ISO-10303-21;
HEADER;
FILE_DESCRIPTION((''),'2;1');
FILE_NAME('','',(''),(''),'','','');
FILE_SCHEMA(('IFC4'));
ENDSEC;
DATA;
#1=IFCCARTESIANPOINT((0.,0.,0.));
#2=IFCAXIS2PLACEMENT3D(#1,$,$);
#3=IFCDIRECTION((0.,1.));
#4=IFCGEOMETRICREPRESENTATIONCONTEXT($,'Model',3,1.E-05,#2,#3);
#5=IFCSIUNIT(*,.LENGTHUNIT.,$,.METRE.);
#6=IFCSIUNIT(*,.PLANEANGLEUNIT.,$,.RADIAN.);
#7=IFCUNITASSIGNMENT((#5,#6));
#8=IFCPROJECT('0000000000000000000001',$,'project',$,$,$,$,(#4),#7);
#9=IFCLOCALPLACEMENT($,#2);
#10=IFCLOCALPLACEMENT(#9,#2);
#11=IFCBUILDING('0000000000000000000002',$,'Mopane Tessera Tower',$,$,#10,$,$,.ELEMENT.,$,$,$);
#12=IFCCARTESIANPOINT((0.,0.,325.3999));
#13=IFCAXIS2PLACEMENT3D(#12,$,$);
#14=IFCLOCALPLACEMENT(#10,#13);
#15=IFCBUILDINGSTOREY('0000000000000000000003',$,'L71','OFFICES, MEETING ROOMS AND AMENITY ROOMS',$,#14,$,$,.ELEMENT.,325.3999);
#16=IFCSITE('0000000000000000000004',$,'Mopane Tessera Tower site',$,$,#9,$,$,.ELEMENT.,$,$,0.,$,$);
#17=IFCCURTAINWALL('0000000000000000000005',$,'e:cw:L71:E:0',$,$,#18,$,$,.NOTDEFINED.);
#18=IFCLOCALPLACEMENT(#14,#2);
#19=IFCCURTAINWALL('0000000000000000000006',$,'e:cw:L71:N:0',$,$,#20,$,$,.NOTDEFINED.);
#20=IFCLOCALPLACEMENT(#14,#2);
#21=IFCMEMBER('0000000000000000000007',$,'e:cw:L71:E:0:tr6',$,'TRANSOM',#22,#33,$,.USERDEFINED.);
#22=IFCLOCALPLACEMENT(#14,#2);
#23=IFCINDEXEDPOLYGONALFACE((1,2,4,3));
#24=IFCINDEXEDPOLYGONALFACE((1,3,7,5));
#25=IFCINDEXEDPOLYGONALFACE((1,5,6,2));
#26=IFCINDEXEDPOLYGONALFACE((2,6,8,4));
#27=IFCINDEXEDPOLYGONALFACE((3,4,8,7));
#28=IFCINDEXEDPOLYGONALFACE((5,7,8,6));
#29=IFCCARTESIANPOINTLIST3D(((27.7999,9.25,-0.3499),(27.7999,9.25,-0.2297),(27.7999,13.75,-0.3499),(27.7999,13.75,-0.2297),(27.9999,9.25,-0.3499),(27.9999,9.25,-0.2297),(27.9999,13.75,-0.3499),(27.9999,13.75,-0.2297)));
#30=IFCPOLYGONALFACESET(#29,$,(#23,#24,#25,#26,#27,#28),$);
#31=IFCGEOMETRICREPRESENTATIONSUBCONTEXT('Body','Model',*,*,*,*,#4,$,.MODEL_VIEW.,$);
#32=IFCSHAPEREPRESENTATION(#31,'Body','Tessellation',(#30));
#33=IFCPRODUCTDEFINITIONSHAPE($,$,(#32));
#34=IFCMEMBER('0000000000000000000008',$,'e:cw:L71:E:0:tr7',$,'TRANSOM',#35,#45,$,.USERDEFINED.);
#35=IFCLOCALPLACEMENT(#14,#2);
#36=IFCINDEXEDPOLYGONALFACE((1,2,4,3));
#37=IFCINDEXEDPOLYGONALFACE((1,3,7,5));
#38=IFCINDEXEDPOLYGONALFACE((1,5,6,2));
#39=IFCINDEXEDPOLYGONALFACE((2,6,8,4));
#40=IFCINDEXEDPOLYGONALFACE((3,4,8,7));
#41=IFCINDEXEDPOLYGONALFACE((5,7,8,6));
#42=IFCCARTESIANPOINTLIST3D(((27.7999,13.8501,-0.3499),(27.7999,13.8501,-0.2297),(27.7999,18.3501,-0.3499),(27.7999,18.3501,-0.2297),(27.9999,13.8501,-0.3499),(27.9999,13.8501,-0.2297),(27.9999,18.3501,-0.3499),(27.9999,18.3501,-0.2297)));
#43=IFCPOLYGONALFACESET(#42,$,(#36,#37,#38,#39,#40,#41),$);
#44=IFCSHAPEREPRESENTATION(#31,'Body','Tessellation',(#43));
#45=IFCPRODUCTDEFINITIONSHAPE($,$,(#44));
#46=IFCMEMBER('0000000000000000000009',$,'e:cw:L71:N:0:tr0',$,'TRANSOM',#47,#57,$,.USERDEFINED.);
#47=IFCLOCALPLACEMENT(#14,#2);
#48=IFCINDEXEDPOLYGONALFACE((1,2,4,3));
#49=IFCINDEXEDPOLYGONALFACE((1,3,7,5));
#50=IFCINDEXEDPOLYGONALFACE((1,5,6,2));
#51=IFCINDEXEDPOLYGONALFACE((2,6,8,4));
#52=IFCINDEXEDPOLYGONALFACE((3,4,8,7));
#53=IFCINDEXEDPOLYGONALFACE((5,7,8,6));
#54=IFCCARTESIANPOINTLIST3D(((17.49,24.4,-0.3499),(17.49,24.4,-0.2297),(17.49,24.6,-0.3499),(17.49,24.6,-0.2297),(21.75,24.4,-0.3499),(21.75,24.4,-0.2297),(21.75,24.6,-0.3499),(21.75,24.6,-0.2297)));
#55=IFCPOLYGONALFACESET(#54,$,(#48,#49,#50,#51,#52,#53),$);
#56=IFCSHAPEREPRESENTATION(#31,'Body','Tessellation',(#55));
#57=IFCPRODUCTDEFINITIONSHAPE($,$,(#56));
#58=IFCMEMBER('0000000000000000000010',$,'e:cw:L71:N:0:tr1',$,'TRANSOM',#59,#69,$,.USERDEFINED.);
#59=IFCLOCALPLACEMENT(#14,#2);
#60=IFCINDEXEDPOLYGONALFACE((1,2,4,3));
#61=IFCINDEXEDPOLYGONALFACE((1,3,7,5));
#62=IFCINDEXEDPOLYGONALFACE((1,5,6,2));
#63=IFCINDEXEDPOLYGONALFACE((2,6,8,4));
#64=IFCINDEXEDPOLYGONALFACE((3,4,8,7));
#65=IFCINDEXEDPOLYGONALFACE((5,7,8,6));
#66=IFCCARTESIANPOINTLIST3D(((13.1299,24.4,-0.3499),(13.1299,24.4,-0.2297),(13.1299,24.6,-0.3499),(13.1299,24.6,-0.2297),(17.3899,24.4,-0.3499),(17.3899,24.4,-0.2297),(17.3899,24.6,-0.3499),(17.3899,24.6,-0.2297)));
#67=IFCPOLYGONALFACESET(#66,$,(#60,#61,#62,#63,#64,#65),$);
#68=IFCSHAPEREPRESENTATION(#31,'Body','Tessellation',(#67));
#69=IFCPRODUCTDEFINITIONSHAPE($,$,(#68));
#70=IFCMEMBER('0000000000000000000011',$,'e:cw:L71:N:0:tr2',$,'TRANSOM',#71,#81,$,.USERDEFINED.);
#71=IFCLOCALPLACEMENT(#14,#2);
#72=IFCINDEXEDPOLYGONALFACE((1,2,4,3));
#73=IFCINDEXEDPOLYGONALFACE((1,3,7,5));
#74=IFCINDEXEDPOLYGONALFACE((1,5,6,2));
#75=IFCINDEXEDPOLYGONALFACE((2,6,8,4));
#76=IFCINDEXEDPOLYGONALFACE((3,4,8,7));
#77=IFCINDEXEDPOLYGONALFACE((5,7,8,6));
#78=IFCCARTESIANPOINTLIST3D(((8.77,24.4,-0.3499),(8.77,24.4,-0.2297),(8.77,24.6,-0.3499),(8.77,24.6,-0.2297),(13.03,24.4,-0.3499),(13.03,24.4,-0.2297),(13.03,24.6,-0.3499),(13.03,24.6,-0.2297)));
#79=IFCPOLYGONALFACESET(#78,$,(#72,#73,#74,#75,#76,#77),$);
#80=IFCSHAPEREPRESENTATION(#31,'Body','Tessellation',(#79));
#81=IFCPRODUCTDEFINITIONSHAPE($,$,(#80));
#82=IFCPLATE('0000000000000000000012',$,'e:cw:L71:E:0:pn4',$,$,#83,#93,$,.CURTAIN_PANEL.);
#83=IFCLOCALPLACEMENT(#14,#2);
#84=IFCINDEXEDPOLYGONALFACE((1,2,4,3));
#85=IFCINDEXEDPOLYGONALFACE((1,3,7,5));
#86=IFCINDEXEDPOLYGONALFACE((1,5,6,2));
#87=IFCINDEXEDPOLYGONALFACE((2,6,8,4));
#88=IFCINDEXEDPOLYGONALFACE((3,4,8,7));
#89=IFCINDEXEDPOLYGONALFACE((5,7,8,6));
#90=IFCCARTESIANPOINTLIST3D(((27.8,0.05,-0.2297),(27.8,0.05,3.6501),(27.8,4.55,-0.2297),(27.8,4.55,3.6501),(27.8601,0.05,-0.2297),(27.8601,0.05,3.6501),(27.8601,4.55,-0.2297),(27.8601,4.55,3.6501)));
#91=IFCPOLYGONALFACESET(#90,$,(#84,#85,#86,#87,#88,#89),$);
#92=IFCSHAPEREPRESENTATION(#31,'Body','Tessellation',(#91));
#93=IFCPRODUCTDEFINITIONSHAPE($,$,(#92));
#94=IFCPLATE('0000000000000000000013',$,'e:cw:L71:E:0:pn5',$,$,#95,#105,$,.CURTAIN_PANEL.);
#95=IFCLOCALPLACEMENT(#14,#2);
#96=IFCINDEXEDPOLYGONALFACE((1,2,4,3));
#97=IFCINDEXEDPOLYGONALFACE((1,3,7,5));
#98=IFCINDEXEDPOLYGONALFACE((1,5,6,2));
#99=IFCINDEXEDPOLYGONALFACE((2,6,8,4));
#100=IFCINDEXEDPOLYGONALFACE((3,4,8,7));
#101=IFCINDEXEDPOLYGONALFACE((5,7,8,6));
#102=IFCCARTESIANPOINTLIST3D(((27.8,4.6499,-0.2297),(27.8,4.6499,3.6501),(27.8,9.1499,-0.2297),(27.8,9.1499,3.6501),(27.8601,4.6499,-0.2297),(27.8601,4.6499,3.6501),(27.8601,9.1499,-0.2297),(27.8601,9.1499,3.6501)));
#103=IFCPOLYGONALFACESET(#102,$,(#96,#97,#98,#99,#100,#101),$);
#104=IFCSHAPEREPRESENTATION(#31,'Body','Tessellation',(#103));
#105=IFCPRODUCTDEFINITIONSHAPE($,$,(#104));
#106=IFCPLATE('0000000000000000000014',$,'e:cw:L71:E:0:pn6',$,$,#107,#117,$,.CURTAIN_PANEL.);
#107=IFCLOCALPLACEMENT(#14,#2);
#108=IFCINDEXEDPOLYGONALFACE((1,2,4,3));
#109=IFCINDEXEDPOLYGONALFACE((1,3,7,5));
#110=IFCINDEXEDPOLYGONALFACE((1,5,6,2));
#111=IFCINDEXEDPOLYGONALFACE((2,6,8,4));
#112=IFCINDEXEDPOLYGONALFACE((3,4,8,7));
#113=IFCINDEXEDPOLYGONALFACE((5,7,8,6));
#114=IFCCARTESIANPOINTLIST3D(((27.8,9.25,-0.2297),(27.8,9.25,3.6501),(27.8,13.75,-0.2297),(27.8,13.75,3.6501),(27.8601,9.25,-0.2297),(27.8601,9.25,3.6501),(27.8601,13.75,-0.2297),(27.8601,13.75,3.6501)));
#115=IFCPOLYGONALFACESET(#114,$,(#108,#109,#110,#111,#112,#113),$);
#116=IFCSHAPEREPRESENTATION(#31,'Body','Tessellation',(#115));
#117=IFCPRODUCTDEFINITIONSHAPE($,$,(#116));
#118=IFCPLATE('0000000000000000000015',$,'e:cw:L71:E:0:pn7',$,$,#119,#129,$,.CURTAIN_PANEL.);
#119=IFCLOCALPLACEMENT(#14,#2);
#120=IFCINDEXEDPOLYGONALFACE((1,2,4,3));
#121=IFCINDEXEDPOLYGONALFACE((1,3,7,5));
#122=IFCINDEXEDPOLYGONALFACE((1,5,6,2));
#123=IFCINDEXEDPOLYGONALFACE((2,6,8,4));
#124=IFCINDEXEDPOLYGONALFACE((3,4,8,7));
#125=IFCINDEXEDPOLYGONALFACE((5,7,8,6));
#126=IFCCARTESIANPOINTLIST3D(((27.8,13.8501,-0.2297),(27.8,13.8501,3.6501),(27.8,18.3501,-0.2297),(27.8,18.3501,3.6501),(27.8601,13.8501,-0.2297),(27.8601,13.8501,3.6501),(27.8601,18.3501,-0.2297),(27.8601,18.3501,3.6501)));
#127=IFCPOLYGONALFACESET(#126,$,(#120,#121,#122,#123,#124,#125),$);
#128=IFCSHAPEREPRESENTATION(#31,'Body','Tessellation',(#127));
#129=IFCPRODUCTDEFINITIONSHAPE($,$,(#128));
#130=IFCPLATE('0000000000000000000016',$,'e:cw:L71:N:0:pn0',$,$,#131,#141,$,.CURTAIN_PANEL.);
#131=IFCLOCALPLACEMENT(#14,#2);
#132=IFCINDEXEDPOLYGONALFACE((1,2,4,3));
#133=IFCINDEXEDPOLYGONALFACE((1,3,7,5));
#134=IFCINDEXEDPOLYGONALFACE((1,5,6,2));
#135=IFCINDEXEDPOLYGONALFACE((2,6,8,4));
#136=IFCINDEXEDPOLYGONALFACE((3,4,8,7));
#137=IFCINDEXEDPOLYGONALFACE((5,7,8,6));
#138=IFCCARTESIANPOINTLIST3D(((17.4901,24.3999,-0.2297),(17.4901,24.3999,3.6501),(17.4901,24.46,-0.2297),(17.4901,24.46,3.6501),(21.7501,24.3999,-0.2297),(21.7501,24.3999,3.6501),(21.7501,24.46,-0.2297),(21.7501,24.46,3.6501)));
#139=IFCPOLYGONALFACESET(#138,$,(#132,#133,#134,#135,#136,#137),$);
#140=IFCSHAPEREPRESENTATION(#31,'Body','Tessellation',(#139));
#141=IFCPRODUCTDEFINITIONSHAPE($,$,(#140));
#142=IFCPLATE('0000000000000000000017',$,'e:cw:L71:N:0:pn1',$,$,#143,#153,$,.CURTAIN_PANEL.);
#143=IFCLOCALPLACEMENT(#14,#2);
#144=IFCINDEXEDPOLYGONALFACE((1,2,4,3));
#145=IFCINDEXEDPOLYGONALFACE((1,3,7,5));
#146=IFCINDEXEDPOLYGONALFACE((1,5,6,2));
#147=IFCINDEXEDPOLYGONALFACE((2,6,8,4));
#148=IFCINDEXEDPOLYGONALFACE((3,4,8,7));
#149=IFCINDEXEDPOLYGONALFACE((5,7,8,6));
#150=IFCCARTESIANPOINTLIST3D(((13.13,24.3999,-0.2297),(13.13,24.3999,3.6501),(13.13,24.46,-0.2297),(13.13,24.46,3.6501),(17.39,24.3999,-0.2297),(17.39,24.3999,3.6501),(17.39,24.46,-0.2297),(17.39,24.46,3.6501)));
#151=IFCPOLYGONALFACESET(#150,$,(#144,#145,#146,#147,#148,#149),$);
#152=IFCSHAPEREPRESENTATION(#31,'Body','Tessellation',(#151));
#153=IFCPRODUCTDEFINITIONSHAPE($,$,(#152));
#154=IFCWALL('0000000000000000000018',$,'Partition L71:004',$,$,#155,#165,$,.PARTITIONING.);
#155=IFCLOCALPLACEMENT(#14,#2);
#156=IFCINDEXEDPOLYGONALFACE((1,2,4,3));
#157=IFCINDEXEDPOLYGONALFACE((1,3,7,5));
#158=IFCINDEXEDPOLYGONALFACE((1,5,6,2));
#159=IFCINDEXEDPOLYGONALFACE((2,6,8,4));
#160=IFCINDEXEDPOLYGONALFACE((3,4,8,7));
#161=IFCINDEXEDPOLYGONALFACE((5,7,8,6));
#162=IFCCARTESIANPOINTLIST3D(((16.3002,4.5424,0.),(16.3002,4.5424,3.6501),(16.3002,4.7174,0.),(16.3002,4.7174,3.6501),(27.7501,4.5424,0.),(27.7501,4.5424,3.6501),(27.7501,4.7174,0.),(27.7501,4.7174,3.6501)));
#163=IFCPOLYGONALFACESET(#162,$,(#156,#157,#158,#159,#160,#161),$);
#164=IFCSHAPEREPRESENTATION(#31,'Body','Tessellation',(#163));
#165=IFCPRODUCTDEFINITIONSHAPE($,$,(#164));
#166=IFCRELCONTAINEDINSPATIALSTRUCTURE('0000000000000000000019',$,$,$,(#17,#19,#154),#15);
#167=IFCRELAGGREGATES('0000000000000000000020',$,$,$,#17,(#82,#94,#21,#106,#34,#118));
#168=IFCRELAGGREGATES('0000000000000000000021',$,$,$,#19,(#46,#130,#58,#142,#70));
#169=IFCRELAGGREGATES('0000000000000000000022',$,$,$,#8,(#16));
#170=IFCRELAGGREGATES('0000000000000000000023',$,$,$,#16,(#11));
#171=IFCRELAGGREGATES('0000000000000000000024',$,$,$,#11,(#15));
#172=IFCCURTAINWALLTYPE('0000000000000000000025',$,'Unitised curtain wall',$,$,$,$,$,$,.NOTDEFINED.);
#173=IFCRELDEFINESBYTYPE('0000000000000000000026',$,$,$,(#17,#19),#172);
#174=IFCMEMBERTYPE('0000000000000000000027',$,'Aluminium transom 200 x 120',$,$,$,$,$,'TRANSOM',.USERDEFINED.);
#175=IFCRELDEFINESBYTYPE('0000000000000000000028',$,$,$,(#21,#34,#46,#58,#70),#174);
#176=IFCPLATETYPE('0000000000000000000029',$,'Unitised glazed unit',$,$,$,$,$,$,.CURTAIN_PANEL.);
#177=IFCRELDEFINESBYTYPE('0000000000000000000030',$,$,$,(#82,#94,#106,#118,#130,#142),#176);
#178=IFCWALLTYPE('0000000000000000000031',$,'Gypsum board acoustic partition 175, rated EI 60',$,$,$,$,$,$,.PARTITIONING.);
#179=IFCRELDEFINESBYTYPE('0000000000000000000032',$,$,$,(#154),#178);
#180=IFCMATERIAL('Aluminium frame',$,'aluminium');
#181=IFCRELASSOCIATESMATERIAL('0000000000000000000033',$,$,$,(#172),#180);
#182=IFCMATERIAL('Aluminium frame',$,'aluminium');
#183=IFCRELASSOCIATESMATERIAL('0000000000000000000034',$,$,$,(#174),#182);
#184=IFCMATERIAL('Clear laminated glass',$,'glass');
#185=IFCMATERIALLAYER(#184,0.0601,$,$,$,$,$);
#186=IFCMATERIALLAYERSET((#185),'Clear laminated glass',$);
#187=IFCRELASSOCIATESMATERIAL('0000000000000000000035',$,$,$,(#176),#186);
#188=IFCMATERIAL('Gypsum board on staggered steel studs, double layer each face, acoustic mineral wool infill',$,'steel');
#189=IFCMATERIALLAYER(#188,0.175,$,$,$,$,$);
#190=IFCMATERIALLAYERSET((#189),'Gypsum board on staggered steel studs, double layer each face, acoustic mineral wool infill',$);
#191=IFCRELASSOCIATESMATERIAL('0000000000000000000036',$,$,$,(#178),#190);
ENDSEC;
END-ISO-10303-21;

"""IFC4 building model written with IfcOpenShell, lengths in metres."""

from ifc_helpers import new_model, si_unit, direction, frame, frame_2d, origin, origin_2d, place, context, subcontext, project, spatial, rectangle, extrude, material, layer, layer_set, material_profile, profile_set, type_object, element, aggregate, save


model = new_model("IFC4")

# Units and contexts
model_context = context("Model", 3, precision=1e-05, world=origin(), true_north=direction((0.0, 1.0)))
body_context = subcontext(model_context, "Body", "Model", "MODEL_VIEW")
ifc_project = project(units=[si_unit("LENGTHUNIT", "METRE"), si_unit("PLANEANGLEUNIT", "RADIAN")], contexts=[model_context])

# Site, building, storey
site_placement = place(None, origin())
site = spatial("IfcSite", under=ifc_project, at=site_placement, Name="Mopane Tessera Tower site", CompositionType="ELEMENT", RefElevation=0.0)
building_placement = place(site_placement, origin())
building = spatial("IfcBuilding", under=site, at=building_placement, Name="Mopane Tessera Tower", CompositionType="ELEMENT")
storey_placement = place(building_placement, frame((0.0, 0.0, 325.3999)))
storey = spatial("IfcBuildingStorey", under=building, at=storey_placement, Name="L71", Description="OFFICES, MEETING ROOMS AND AMENITY ROOMS", CompositionType="ELEMENT", Elevation=325.3999)

# Curtain walls
ifc_material_1 = material(Name="Aluminium frame", Category="aluminium")
curtain_wall_type = type_object("IfcCurtainWallType", Name="Unitised curtain wall", PredefinedType="NOTDEFINED", material=ifc_material_1)
curtain_wall_1_placement = place(storey_placement, origin())
curtain_wall_1 = element("IfcCurtainWall", 1, at=curtain_wall_1_placement, inside=storey, type_object=curtain_wall_type, Name="e:cw:L71:E:0", PredefinedType="NOTDEFINED")
curtain_wall_2_placement = place(storey_placement, origin())
curtain_wall_2 = element("IfcCurtainWall", 2, at=curtain_wall_2_placement, inside=storey, type_object=curtain_wall_type, Name="e:cw:L71:N:0", PredefinedType="NOTDEFINED")

# Members
ifc_material_2 = material(Name="Aluminium frame", Category="aluminium")
ifc_material_profile_1 = material_profile(ifc_material_2, rectangle(XDim=0.2, YDim=0.1201, at=origin_2d()))
ifc_profile_set_1 = profile_set([ifc_material_profile_1], Name="Aluminium frame")
member_type_1 = type_object("IfcMemberType", Name="Aluminium transom 200 x 120", ElementType="TRANSOM", PredefinedType="USERDEFINED", material=ifc_profile_set_1)
member_1_placement = place(storey_placement, frame((27.8999, 9.25, -0.2898), z_axis=(0.0, 1.0, 0.0), x_axis=(-1.0, 0.0, 0.0)))
member_1 = element("IfcMember", 3, at=member_1_placement, type_object=member_type_1, Name="e:cw:L71:E:0:tr6", ObjectType="TRANSOM", PredefinedType="USERDEFINED", context=body_context, shape_type="SweptSolid", body=[
    extrude(rectangle(XDim=0.2, YDim=0.1201, at=origin_2d()), origin(), (0.0, 0.0, 1.0), 4.5),
])
member_2_placement = place(storey_placement, frame((27.8999, 13.8501, -0.2898), z_axis=(0.0, 1.0, 0.0), x_axis=(-1.0, 0.0, 0.0)))
member_2 = element("IfcMember", 4, at=member_2_placement, type_object=member_type_1, Name="e:cw:L71:E:0:tr7", ObjectType="TRANSOM", PredefinedType="USERDEFINED", context=body_context, shape_type="SweptSolid", body=[
    extrude(rectangle(XDim=0.2, YDim=0.1201, at=origin_2d()), origin(), (0.0, 0.0, 1.0), 4.5),
])
member_3_placement = place(storey_placement, frame((21.75, 24.5, -0.2898), z_axis=(-1.0, 0.0, 0.0), x_axis=(0.0, -1.0, 0.0)))
member_3 = element("IfcMember", 5, at=member_3_placement, type_object=member_type_1, Name="e:cw:L71:N:0:tr0", ObjectType="TRANSOM", PredefinedType="USERDEFINED", context=body_context, shape_type="SweptSolid", body=[
    extrude(rectangle(XDim=0.2, YDim=0.1201, at=origin_2d()), origin(), (0.0, 0.0, 1.0), 4.26),
])
member_4_placement = place(storey_placement, frame((17.3899, 24.5, -0.2898), z_axis=(-1.0, 0.0, 0.0), x_axis=(0.0, -1.0, 0.0)))
member_4 = element("IfcMember", 6, at=member_4_placement, type_object=member_type_1, Name="e:cw:L71:N:0:tr1", ObjectType="TRANSOM", PredefinedType="USERDEFINED", context=body_context, shape_type="SweptSolid", body=[
    extrude(rectangle(XDim=0.2, YDim=0.1201, at=origin_2d()), origin(), (0.0, 0.0, 1.0), 4.26),
])
member_5_placement = place(storey_placement, frame((13.03, 24.5, -0.2898), z_axis=(-1.0, 0.0, 0.0), x_axis=(0.0, -1.0, 0.0)))
member_5 = element("IfcMember", 7, at=member_5_placement, type_object=member_type_1, Name="e:cw:L71:N:0:tr2", ObjectType="TRANSOM", PredefinedType="USERDEFINED", context=body_context, shape_type="SweptSolid", body=[
    extrude(rectangle(XDim=0.2, YDim=0.1201, at=origin_2d()), origin(), (0.0, 0.0, 1.0), 4.26),
])

# Plates
ifc_material_3 = material(Name="Clear laminated glass", Category="glass")
ifc_layer_1 = layer(ifc_material_3, 0.0601)
ifc_layer_set_1 = layer_set([ifc_layer_1], Name="Clear laminated glass")
plate_type = type_object("IfcPlateType", Name="Unitised glazed unit", PredefinedType="CURTAIN_PANEL", material=ifc_layer_set_1)
plate_1_placement = place(storey_placement, frame((27.8301, 2.3, -0.2297), z_axis=(0.0, 0.0, 1.0), x_axis=(0.0, 1.0, 0.0)))
plate_1 = element("IfcPlate", 8, at=plate_1_placement, type_object=plate_type, Name="e:cw:L71:E:0:pn4", PredefinedType="CURTAIN_PANEL", context=body_context, shape_type="SweptSolid", body=[
    extrude(rectangle(XDim=4.5, YDim=0.0601, at=origin_2d()), origin(), (0.0, 0.0, 1.0), 3.8799),
])
plate_2_placement = place(storey_placement, frame((27.8301, 6.8999, -0.2297), z_axis=(0.0, 0.0, 1.0), x_axis=(0.0, 1.0, 0.0)))
plate_2 = element("IfcPlate", 9, at=plate_2_placement, type_object=plate_type, Name="e:cw:L71:E:0:pn5", PredefinedType="CURTAIN_PANEL", context=body_context, shape_type="SweptSolid", body=[
    extrude(rectangle(XDim=4.5, YDim=0.0601, at=origin_2d()), origin(), (0.0, 0.0, 1.0), 3.8799),
])
plate_3_placement = place(storey_placement, frame((27.8301, 11.5, -0.2297), z_axis=(0.0, 0.0, 1.0), x_axis=(0.0, 1.0, 0.0)))
plate_3 = element("IfcPlate", 10, at=plate_3_placement, type_object=plate_type, Name="e:cw:L71:E:0:pn6", PredefinedType="CURTAIN_PANEL", context=body_context, shape_type="SweptSolid", body=[
    extrude(rectangle(XDim=4.5, YDim=0.0601, at=origin_2d()), origin(), (0.0, 0.0, 1.0), 3.8799),
])
plate_4_placement = place(storey_placement, frame((27.8301, 16.1001, -0.2297), z_axis=(0.0, 0.0, 1.0), x_axis=(0.0, 1.0, 0.0)))
plate_4 = element("IfcPlate", 11, at=plate_4_placement, type_object=plate_type, Name="e:cw:L71:E:0:pn7", PredefinedType="CURTAIN_PANEL", context=body_context, shape_type="SweptSolid", body=[
    extrude(rectangle(XDim=4.5, YDim=0.0601, at=origin_2d()), origin(), (0.0, 0.0, 1.0), 3.8799),
])
aggregate(curtain_wall_1, [plate_1, plate_2, member_1, plate_3, member_2, plate_4])
plate_5_placement = place(storey_placement, frame((19.6201, 24.4299, -0.2297), z_axis=(0.0, 0.0, 1.0), x_axis=(-1.0, 0.0, 0.0)))
plate_5 = element("IfcPlate", 12, at=plate_5_placement, type_object=plate_type, Name="e:cw:L71:N:0:pn0", PredefinedType="CURTAIN_PANEL", context=body_context, shape_type="SweptSolid", body=[
    extrude(rectangle(XDim=4.26, YDim=0.0601, at=origin_2d()), origin(), (0.0, 0.0, 1.0), 3.8799),
])
plate_6_placement = place(storey_placement, frame((15.26, 24.4299, -0.2297), z_axis=(0.0, 0.0, 1.0), x_axis=(-1.0, 0.0, 0.0)))
plate_6 = element("IfcPlate", 13, at=plate_6_placement, type_object=plate_type, Name="e:cw:L71:N:0:pn1", PredefinedType="CURTAIN_PANEL", context=body_context, shape_type="SweptSolid", body=[
    extrude(rectangle(XDim=4.26, YDim=0.0601, at=origin_2d()), origin(), (0.0, 0.0, 1.0), 3.8799),
])
aggregate(curtain_wall_2, [member_3, plate_5, member_4, plate_6, member_5])

# Wall
ifc_material_4 = material(Name="Gypsum board on staggered steel studs, double layer each face, acoustic mineral wool infill", Category="steel")
ifc_layer_2 = layer(ifc_material_4, 0.175)
ifc_layer_set_2 = layer_set([ifc_layer_2], Name="Gypsum board on staggered steel studs, double layer each face, acoustic mineral wool infill")
wall_type_1 = type_object("IfcWallType", Name="Gypsum board acoustic partition 175, rated EI 60", PredefinedType="PARTITIONING", material=ifc_layer_set_2)
wall_1_placement = place(storey_placement, frame((16.3, 4.6299, 0.0), z_axis=(0.0, 0.0, 1.0), x_axis=(1.0, 0.0, 0.0)))
element("IfcWall", 14, at=wall_1_placement, inside=storey, type_object=wall_type_1, Name="Partition L71:004", PredefinedType="PARTITIONING", context=body_context, shape_type="SweptSolid", body=[
    extrude(rectangle(XDim=11.45, YDim=0.175, at=frame_2d((5.7251, 0.0))), origin(), (0.0, 0.0, 1.0), 3.6501),
])

save(model, "model.ifc")
